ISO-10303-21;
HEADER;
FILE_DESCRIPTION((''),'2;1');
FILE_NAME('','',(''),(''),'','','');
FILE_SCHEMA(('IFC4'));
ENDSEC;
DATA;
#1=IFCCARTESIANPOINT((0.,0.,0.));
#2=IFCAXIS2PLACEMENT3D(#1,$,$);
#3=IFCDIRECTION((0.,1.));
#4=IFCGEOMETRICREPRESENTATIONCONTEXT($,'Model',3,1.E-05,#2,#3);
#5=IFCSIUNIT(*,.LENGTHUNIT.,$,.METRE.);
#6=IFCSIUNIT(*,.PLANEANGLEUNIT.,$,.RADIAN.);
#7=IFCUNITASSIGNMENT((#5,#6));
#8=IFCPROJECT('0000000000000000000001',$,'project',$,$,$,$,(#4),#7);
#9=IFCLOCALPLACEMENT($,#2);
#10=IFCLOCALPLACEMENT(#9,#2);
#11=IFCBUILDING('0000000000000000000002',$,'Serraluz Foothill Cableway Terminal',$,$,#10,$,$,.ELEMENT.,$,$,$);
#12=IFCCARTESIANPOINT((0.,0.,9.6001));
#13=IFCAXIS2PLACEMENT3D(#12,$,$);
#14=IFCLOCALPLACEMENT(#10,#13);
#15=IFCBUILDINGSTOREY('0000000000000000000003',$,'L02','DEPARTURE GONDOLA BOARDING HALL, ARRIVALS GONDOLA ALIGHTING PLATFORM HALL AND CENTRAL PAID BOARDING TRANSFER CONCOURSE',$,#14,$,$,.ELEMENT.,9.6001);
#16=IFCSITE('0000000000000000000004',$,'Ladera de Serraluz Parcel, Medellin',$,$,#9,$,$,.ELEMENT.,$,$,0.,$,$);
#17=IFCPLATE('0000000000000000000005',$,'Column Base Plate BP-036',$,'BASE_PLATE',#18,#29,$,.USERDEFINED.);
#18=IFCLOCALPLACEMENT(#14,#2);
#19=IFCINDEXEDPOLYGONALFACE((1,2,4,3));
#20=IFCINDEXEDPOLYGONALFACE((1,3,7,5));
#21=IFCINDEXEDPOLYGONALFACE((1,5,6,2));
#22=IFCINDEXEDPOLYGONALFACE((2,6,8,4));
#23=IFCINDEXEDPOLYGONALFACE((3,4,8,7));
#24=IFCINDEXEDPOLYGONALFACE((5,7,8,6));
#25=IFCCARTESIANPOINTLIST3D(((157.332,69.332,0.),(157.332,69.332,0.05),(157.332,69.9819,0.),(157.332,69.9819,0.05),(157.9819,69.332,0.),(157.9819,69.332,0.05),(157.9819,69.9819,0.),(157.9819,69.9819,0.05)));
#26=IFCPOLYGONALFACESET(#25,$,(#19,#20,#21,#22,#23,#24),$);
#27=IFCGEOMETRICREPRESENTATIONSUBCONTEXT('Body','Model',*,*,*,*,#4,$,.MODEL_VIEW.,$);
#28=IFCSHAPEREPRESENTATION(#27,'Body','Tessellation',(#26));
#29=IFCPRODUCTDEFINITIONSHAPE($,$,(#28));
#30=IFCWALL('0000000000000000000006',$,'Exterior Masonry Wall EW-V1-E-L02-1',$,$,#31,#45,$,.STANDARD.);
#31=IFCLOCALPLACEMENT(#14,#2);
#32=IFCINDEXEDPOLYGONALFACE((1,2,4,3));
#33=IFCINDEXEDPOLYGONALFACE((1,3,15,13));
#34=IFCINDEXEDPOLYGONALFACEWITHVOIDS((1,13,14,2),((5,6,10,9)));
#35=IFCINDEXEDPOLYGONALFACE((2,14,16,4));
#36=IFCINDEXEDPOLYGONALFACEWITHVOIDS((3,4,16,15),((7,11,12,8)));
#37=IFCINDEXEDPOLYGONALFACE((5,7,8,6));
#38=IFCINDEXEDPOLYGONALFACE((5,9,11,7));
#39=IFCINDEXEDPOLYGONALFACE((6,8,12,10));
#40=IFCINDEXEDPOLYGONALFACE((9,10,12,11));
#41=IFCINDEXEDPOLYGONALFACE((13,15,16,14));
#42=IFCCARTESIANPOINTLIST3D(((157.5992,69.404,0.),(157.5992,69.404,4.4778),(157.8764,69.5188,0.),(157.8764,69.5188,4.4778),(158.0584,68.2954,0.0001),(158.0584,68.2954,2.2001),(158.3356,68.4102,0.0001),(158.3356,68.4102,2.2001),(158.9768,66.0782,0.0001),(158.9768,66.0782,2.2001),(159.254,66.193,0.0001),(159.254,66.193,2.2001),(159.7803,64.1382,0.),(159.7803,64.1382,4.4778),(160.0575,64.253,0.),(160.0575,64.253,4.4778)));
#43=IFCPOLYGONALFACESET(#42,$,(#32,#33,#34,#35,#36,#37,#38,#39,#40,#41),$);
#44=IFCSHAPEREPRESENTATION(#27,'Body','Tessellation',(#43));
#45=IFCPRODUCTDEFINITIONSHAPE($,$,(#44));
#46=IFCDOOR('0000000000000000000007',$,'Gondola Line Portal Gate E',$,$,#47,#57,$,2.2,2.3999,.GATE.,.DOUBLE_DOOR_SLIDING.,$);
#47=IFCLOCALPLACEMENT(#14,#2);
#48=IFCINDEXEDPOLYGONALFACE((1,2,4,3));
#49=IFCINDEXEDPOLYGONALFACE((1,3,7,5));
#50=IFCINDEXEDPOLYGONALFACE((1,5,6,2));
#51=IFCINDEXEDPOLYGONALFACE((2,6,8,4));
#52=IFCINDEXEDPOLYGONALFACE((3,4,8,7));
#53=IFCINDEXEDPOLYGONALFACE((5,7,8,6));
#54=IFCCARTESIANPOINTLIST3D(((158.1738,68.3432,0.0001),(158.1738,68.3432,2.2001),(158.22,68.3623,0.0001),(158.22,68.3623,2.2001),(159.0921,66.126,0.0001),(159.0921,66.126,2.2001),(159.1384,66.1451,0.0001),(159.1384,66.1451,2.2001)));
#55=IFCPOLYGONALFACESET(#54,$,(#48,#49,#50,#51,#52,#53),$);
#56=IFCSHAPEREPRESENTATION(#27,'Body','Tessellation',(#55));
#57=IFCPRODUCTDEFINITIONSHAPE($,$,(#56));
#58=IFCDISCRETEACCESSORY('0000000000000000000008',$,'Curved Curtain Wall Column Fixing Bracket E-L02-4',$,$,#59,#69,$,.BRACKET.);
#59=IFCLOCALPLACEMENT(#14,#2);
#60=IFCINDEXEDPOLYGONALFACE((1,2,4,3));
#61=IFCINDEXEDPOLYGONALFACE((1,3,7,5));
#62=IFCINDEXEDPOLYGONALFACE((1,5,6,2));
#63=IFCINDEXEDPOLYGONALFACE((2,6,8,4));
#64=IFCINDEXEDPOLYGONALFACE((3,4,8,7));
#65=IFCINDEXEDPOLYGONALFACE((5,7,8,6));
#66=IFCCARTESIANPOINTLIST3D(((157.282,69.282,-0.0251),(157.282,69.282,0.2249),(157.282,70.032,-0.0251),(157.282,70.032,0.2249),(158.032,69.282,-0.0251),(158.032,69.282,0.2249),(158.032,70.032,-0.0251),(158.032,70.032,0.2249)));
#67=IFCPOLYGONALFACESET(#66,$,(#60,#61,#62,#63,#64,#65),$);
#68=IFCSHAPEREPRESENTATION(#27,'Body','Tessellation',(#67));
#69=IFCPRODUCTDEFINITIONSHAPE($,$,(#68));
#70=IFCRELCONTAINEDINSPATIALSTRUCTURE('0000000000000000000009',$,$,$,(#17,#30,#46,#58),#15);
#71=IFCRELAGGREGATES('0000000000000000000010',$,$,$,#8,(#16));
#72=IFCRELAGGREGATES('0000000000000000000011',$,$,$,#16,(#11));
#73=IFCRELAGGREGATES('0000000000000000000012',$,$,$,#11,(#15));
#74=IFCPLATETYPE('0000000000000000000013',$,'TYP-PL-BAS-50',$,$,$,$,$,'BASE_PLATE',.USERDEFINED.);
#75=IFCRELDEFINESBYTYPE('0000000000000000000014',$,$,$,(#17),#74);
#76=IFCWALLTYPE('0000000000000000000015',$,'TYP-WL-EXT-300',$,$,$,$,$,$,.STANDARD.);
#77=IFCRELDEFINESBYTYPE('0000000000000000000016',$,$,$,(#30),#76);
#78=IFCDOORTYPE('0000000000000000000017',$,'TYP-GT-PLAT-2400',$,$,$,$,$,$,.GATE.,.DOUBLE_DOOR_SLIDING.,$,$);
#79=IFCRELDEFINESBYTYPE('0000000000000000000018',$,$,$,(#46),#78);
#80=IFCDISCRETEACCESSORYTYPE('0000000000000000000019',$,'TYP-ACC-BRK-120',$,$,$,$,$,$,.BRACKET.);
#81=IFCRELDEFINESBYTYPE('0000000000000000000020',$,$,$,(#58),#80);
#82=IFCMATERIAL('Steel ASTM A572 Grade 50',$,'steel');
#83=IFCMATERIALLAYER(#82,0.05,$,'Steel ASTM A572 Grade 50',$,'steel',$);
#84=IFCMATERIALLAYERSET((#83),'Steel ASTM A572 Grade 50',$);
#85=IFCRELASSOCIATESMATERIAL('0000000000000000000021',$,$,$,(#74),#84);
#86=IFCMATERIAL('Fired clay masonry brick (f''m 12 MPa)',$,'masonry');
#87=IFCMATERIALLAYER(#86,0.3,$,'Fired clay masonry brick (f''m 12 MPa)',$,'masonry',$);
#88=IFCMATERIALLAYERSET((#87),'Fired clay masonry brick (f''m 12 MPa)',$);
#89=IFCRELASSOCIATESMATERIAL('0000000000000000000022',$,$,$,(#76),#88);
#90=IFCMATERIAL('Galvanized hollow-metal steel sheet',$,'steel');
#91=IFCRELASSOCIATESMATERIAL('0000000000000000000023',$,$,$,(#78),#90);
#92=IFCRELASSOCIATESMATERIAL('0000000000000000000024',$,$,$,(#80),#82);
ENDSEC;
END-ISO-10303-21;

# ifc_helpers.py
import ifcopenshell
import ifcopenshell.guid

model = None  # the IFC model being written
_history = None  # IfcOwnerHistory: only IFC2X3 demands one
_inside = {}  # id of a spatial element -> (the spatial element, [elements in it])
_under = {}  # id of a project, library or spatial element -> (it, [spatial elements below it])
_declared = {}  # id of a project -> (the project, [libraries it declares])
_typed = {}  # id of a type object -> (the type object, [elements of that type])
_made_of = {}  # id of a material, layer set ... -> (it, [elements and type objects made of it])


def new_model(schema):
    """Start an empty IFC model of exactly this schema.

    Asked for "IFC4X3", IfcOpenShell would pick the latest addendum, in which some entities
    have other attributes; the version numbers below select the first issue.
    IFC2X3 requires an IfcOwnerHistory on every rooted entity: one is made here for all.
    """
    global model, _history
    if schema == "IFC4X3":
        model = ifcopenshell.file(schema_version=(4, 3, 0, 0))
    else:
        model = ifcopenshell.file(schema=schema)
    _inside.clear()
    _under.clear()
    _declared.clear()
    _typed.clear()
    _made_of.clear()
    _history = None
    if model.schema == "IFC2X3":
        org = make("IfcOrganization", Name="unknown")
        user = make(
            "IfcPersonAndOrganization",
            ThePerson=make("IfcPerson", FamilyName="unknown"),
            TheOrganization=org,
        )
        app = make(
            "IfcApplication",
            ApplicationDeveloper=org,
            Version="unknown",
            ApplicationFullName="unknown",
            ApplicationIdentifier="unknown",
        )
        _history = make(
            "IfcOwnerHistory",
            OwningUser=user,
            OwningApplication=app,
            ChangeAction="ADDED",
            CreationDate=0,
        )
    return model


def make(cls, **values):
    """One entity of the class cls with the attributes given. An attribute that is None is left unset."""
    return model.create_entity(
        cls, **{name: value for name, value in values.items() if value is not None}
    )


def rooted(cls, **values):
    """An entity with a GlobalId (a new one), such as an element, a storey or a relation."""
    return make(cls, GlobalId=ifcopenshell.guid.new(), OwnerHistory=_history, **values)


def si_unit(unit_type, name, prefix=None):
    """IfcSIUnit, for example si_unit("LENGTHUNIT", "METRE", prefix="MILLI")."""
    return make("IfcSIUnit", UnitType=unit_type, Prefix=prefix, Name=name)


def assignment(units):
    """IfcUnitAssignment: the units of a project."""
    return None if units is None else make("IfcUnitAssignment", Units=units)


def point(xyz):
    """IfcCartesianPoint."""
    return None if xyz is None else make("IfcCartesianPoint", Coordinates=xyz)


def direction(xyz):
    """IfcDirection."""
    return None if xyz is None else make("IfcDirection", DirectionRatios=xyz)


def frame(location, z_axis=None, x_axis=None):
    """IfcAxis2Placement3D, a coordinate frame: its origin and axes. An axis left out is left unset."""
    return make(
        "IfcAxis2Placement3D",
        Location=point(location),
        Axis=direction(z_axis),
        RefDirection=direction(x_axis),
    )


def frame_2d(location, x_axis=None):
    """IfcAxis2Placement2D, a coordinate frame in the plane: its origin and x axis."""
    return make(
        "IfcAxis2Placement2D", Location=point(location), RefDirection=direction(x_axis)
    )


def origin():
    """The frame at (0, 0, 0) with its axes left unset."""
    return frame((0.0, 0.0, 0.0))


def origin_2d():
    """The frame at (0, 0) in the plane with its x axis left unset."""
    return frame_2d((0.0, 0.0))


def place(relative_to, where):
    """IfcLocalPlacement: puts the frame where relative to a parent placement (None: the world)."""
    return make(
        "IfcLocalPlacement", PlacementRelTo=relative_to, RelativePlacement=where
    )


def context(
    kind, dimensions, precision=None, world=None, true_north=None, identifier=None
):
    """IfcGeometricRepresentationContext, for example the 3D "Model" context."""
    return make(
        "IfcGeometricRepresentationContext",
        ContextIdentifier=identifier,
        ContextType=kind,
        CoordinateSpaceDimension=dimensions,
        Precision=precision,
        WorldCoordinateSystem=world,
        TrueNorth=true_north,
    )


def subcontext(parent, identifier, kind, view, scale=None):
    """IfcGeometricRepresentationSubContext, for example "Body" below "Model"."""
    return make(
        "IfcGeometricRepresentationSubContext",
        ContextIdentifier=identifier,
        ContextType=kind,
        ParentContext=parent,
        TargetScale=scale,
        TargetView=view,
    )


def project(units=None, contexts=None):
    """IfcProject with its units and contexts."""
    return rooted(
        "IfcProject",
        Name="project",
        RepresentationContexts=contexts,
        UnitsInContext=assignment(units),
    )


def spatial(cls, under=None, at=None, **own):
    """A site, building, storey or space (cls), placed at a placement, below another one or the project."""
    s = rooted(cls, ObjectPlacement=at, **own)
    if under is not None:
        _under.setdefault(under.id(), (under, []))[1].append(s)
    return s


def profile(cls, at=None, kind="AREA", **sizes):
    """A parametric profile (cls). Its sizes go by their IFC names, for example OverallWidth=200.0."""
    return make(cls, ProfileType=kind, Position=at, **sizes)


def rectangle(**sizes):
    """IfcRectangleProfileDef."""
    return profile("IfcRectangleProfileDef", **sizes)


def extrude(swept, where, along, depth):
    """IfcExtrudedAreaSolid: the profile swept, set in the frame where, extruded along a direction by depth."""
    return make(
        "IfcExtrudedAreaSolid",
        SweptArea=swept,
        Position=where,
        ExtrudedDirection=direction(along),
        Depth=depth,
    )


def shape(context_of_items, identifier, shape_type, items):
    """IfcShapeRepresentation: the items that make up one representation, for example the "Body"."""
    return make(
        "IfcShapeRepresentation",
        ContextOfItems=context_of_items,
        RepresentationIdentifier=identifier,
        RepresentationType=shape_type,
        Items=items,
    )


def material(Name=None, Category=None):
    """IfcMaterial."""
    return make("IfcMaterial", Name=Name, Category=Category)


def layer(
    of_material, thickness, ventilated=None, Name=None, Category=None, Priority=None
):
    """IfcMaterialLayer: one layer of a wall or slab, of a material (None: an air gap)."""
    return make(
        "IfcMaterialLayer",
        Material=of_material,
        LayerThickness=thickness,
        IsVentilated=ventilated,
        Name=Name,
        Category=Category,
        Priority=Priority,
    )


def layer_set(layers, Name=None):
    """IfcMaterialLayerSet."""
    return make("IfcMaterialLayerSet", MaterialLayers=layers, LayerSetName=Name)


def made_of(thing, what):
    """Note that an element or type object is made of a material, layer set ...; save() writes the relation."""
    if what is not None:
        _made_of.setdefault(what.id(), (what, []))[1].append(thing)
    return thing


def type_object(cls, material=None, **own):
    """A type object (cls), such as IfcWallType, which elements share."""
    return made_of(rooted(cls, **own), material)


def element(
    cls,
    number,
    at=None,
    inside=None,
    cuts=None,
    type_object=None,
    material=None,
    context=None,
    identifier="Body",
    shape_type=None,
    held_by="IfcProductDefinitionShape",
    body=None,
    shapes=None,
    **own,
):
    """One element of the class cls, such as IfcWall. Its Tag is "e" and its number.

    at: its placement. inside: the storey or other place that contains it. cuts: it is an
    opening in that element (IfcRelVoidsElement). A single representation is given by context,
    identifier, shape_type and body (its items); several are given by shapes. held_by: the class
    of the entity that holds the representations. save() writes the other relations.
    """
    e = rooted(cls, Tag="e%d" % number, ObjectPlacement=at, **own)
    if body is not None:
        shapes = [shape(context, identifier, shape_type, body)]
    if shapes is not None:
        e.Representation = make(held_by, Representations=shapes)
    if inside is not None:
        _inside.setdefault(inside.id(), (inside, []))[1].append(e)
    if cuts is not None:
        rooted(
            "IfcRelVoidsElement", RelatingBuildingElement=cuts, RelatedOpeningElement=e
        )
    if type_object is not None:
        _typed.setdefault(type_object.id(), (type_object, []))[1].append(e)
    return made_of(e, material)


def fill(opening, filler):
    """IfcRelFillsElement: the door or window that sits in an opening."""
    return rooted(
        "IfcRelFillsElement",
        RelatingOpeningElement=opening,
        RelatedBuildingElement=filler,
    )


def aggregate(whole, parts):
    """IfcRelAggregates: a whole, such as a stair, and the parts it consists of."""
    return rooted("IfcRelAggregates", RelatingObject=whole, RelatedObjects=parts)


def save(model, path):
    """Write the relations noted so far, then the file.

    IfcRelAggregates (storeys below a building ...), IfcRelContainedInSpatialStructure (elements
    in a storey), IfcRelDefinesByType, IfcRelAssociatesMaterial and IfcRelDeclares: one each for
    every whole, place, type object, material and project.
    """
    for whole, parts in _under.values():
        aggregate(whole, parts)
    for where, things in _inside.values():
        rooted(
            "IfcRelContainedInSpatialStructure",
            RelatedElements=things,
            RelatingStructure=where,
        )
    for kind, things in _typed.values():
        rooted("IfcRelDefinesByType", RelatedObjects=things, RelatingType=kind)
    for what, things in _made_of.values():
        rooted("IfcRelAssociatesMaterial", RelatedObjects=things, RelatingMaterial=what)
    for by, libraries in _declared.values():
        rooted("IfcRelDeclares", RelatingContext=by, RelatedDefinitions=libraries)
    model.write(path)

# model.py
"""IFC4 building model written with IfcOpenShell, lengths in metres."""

from ifc_helpers import new_model, si_unit, direction, frame, frame_2d, origin, origin_2d, place, context, subcontext, project, spatial, rectangle, extrude, material, layer, layer_set, type_object, element, fill, save


model = new_model("IFC4")

# Units and contexts
model_context = context("Model", 3, precision=1e-05, world=origin(), true_north=direction((0.0, 1.0)))
body_context = subcontext(model_context, "Body", "Model", "MODEL_VIEW")
ifc_project = project(units=[si_unit("LENGTHUNIT", "METRE"), si_unit("PLANEANGLEUNIT", "RADIAN")], contexts=[model_context])

# Site, building, storey
site_placement = place(None, origin())
site = spatial("IfcSite", under=ifc_project, at=site_placement, Name="Ladera de Serraluz Parcel, Medellin", CompositionType="ELEMENT", RefElevation=0.0)
building_placement = place(site_placement, origin())
building = spatial("IfcBuilding", under=site, at=building_placement, Name="Serraluz Foothill Cableway Terminal", CompositionType="ELEMENT")
storey_placement = place(building_placement, frame((0.0, 0.0, 9.6001)))
storey = spatial("IfcBuildingStorey", under=building, at=storey_placement, Name="L02", Description="DEPARTURE GONDOLA BOARDING HALL, ARRIVALS GONDOLA ALIGHTING PLATFORM HALL AND CENTRAL PAID BOARDING TRANSFER CONCOURSE", CompositionType="ELEMENT", Elevation=9.6001)

# Shared definitions
ifc_material_1 = material(Name="Steel ASTM A572 Grade 50", Category="steel")

# Plate
ifc_layer_1 = layer(ifc_material_1, 0.05, Name="Steel ASTM A572 Grade 50", Category="steel")
ifc_layer_set_1 = layer_set([ifc_layer_1], Name="Steel ASTM A572 Grade 50")
plate_type_1 = type_object("IfcPlateType", Name="TYP-PL-BAS-50", ElementType="BASE_PLATE", PredefinedType="USERDEFINED", material=ifc_layer_set_1)
plate_1_placement = place(storey_placement, frame((157.657, 69.657, 0.0), z_axis=(0.0, 0.0, 1.0), x_axis=(1.0, 0.0, 0.0)))
element("IfcPlate", 1, at=plate_1_placement, inside=storey, type_object=plate_type_1, Name="Column Base Plate BP-036", ObjectType="BASE_PLATE", PredefinedType="USERDEFINED", context=body_context, shape_type="SweptSolid", body=[
    extrude(rectangle(XDim=0.6499, YDim=0.6499, at=origin_2d()), origin(), (0.0, 0.0, 1.0), 0.05),
])

# Wall, opening, door
ifc_material_2 = material(Name="Fired clay masonry brick (f'm 12 MPa)", Category="masonry")
ifc_layer_2 = layer(ifc_material_2, 0.3, Name="Fired clay masonry brick (f'm 12 MPa)", Category="masonry")
ifc_layer_set_2 = layer_set([ifc_layer_2], Name="Fired clay masonry brick (f'm 12 MPa)")
wall_type = type_object("IfcWallType", Name="TYP-WL-EXT-300", PredefinedType="STANDARD", material=ifc_layer_set_2)
wall_placement = place(storey_placement, frame((157.7378, 69.4614, 0.0), z_axis=(0.0, 0.0, 1.0), x_axis=(0.382677, -0.923882, 0.0)))
wall = element("IfcWall", 2, at=wall_placement, inside=storey, type_object=wall_type, Name="Exterior Masonry Wall EW-V1-E-L02-1", PredefinedType="STANDARD", context=body_context, shape_type="SweptSolid", body=[
    extrude(rectangle(XDim=5.6997, YDim=0.3, at=frame_2d((2.8499, 0.0))), origin(), (0.0, 0.0, 1.0), 4.4778),
])
opening_placement = place(wall_placement, frame((1.2, 0.0, 0.0)))
opening = element("IfcOpeningElement", 3, at=opening_placement, cuts=wall, PredefinedType="OPENING", context=body_context, shape_type="SweptSolid", body=[
    extrude(rectangle(XDim=2.3999, YDim=2.2, at=frame_2d((1.2, 1.1001))), frame((0.0, 0.1602, 0.0), z_axis=(0.0, -1.0, 0.0), x_axis=(1.0, 0.0, 0.0)), (0.0, 0.0, 1.0), 0.3201),
])
ifc_material_3 = material(Name="Galvanized hollow-metal steel sheet", Category="steel")
door_type = type_object("IfcDoorType", Name="TYP-GT-PLAT-2400", OperationType="DOUBLE_DOOR_SLIDING", PredefinedType="GATE", material=ifc_material_3)
door_placement = place(opening_placement, origin())
door = element("IfcDoor", 4, at=door_placement, inside=storey, type_object=door_type, Name="Gondola Line Portal Gate E", OperationType="DOUBLE_DOOR_SLIDING", OverallHeight=2.2, OverallWidth=2.3999, PredefinedType="GATE", context=body_context, shape_type="SweptSolid", body=[
    extrude(rectangle(XDim=2.3999, YDim=2.2, at=frame_2d((1.2, 1.1001))), frame((0.0, 0.0249, 0.0), z_axis=(0.0, -1.0, 0.0), x_axis=(1.0, 0.0, 0.0)), (0.0, 0.0, 1.0), 0.05),
])
fill(opening, door)

# Discrete accessory
discrete_accessory_type = type_object("IfcDiscreteAccessoryType", Name="TYP-ACC-BRK-120", PredefinedType="BRACKET", material=ifc_material_1)
discrete_accessory_placement = place(storey_placement, frame((157.657, 69.657, -0.0251), z_axis=(0.0, 0.0, 1.0), x_axis=(1.0, 0.0, 0.0)))
element("IfcDiscreteAccessory", 5, at=discrete_accessory_placement, inside=storey, type_object=discrete_accessory_type, Name="Curved Curtain Wall Column Fixing Bracket E-L02-4", PredefinedType="BRACKET", context=body_context, shape_type="SweptSolid", body=[
    extrude(rectangle(XDim=0.75, YDim=0.75, at=origin_2d()), origin(), (0.0, 0.0, 1.0), 0.25),
])

save(model, "model.ifc")
